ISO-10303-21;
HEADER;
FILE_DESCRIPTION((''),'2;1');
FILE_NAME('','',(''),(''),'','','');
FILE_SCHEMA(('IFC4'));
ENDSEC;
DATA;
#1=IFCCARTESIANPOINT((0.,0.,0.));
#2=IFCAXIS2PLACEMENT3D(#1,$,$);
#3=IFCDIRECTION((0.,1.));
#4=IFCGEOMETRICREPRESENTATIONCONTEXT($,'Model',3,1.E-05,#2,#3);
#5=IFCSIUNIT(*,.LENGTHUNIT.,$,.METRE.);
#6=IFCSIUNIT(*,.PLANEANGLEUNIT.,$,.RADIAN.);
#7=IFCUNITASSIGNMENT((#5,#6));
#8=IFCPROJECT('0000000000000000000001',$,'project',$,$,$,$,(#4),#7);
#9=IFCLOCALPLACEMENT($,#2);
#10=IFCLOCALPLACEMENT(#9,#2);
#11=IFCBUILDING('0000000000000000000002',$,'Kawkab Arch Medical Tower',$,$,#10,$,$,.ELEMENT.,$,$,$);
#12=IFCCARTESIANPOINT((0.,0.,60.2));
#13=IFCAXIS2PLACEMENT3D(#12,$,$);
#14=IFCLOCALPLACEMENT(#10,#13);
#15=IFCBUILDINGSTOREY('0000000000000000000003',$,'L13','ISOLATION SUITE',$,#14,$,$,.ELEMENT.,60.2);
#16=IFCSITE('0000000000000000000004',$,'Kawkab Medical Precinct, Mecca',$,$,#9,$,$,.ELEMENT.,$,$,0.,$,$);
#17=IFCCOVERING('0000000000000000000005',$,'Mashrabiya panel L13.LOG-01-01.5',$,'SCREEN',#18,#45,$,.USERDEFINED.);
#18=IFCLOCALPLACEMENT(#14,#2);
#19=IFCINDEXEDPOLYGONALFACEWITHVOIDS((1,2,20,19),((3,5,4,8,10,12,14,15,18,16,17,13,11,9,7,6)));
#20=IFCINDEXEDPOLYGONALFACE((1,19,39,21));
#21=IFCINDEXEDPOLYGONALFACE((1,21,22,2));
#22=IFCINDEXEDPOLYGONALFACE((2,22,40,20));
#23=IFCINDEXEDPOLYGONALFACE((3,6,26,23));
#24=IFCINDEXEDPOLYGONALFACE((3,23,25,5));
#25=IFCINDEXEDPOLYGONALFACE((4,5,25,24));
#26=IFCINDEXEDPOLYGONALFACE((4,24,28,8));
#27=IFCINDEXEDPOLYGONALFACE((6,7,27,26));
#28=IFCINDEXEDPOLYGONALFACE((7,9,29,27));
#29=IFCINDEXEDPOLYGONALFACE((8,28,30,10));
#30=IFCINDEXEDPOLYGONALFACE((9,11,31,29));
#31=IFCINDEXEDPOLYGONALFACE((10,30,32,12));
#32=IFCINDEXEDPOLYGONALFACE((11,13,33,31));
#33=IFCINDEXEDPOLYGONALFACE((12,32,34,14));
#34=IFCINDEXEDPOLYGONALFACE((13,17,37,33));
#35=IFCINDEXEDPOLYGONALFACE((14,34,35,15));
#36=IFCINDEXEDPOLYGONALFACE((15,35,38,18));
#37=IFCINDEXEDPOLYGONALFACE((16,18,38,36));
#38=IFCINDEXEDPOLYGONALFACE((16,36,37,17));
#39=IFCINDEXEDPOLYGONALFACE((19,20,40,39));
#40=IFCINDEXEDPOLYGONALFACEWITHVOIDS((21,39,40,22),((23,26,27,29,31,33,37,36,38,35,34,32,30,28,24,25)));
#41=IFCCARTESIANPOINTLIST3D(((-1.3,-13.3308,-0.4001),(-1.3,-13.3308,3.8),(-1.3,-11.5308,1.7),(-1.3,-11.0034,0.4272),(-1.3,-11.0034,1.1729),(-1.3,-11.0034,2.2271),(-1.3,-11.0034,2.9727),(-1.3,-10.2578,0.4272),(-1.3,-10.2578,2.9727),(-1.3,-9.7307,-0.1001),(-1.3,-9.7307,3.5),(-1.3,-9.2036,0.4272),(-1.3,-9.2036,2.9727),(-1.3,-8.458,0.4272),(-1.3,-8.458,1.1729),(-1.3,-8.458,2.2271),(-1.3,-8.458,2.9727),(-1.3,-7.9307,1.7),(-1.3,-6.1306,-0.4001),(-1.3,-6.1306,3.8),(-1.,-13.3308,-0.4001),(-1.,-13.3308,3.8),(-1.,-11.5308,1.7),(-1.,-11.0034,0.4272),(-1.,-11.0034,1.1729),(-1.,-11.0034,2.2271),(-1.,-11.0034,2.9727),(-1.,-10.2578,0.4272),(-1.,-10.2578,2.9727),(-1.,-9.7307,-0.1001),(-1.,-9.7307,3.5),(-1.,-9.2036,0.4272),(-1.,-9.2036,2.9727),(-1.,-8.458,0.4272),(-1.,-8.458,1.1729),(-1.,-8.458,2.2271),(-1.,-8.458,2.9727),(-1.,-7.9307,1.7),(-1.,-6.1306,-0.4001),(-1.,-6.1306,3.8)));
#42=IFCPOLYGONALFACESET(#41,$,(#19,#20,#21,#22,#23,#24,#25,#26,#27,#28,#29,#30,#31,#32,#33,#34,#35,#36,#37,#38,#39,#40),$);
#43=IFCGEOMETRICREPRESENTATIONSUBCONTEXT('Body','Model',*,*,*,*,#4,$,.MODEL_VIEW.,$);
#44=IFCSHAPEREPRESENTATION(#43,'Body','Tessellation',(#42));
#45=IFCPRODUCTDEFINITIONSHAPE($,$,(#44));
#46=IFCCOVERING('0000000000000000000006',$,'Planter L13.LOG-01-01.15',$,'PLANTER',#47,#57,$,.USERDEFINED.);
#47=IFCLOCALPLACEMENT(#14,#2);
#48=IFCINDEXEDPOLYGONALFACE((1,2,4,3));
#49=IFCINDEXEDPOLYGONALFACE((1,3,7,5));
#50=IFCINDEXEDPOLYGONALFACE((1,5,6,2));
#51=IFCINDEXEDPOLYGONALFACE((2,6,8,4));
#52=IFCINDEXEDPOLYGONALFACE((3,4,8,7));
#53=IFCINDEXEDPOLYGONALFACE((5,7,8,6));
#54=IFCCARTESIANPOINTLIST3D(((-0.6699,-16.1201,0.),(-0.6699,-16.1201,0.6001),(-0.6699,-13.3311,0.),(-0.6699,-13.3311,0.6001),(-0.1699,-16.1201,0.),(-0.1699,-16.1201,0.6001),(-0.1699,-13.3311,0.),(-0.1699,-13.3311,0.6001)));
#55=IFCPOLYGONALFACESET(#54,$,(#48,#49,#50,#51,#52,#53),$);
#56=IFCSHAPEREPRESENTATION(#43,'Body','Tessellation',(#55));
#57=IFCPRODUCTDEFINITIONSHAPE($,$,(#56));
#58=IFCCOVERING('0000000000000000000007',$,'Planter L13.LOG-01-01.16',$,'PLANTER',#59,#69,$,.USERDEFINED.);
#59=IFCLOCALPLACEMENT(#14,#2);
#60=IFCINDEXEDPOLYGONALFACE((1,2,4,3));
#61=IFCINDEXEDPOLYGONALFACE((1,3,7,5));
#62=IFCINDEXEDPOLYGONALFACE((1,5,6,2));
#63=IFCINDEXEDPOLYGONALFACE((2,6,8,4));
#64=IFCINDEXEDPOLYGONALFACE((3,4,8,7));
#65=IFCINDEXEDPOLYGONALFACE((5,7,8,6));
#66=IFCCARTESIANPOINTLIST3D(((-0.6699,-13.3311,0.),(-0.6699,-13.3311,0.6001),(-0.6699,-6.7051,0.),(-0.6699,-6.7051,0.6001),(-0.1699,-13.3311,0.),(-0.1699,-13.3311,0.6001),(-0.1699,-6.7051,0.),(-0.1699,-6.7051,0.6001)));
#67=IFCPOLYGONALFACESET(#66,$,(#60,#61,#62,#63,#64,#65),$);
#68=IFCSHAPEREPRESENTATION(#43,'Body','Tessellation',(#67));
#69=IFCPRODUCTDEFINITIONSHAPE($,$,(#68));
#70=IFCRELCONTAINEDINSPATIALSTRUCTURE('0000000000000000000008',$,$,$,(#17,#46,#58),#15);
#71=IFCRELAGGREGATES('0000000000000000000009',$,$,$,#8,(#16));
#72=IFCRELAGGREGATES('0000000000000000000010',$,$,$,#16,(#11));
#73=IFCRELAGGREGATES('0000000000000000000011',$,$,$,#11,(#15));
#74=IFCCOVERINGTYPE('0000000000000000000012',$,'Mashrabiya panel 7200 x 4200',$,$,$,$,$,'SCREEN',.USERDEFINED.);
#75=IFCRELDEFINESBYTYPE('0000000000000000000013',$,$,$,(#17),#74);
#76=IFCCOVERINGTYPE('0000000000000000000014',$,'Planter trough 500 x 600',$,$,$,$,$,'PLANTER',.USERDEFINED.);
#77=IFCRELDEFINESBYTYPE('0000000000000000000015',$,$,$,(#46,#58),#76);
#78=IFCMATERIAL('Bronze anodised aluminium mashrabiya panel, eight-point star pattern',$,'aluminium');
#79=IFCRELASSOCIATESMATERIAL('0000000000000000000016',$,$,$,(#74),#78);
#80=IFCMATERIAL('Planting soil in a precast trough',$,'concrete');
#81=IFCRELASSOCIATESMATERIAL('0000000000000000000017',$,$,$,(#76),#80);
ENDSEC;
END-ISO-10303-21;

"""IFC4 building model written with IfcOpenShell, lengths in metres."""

from ifc_helpers import new_model, si_unit, direction, frame, origin, origin_2d, place, context, subcontext, project, spatial, polyline, rectangle, outline, extrude, material, material_profile, profile_set, type_object, element, save


model = new_model("IFC4")

# Units and contexts
model_context = context("Model", 3, precision=1e-05, world=origin(), true_north=direction((0.0, 1.0)))
body_context = subcontext(model_context, "Body", "Model", "MODEL_VIEW")
ifc_project = project(units=[si_unit("LENGTHUNIT", "METRE"), si_unit("PLANEANGLEUNIT", "RADIAN")], contexts=[model_context])

# Site, building, storey
site_placement = place(None, origin())
site = spatial("IfcSite", under=ifc_project, at=site_placement, Name="Kawkab Medical Precinct, Mecca", CompositionType="ELEMENT", RefElevation=0.0)
building_placement = place(site_placement, origin())
building = spatial("IfcBuilding", under=site, at=building_placement, Name="Kawkab Arch Medical Tower", CompositionType="ELEMENT")
storey_placement = place(building_placement, frame((0.0, 0.0, 60.2)))
storey = spatial("IfcBuildingStorey", under=building, at=storey_placement, Name="L13", Description="ISOLATION SUITE", CompositionType="ELEMENT", Elevation=60.2)

# Coverings
ifc_material_1 = material(Name="Bronze anodised aluminium mashrabiya panel, eight-point star pattern", Category="aluminium")
ifc_material_profile_1 = material_profile(ifc_material_1, outline(polyline([(-3.6001, -2.1001), (3.6001, -2.1001), (3.6001, 2.1001), (-3.6001, 2.1001), (-3.6001, -2.1001)]), holes=[polyline([(1.8, 0.0), (1.2727, 0.5271), (1.2727, 1.2727), (0.5271, 1.2727), (0.0, 1.8), (-0.5271, 1.2727), (-1.2727, 1.2727), (-1.2727, 0.5271), (-1.8, 0.0), (-1.2727, -0.5271), (-1.2727, -1.2727), (-0.5271, -1.2727), (0.0, -1.8), (0.5271, -1.2727), (1.2727, -1.2727), (1.2727, -0.5271), (1.8, 0.0)])]), Name="Mashrabiya panel 7200x4200")
ifc_profile_set_1 = profile_set([ifc_material_profile_1], Name="Bronze anodised aluminium mashrabiya panel, eight-point star pattern")
covering_type_1 = type_object("IfcCoveringType", Name="Mashrabiya panel 7200 x 4200", ElementType="SCREEN", PredefinedType="USERDEFINED", material=ifc_profile_set_1)
covering_1_placement = place(storey_placement, frame((-1.0, -9.7307, 1.7), z_axis=(-1.0, 0.0, 0.0), x_axis=(0.0, -1.0, 0.0)))
element("IfcCovering", 1, at=covering_1_placement, inside=storey, type_object=covering_type_1, Name="Mashrabiya panel L13.LOG-01-01.5", ObjectType="SCREEN", PredefinedType="USERDEFINED", context=body_context, shape_type="SweptSolid", body=[
    extrude(outline(polyline([(-3.6001, -2.1001), (3.6001, -2.1001), (3.6001, 2.1001), (-3.6001, 2.1001), (-3.6001, -2.1001)]), holes=[polyline([(1.8, 0.0), (1.2727, 0.5271), (1.2727, 1.2727), (0.5271, 1.2727), (0.0, 1.8), (-0.5271, 1.2727), (-1.2727, 1.2727), (-1.2727, 0.5271), (-1.8, 0.0), (-1.2727, -0.5271), (-1.2727, -1.2727), (-0.5271, -1.2727), (0.0, -1.8), (0.5271, -1.2727), (1.2727, -1.2727), (1.2727, -0.5271), (1.8, 0.0)])]), origin(), (0.0, 0.0, 1.0), 0.3),
])
ifc_material_2 = material(Name="Planting soil in a precast trough", Category="concrete")
ifc_material_profile_2 = material_profile(ifc_material_2, rectangle(XDim=0.5, YDim=0.6001, at=origin_2d()), Name="Trough 500x600")
ifc_profile_set_2 = profile_set([ifc_material_profile_2], Name="Planting soil in a precast trough")
covering_type_2 = type_object("IfcCoveringType", Name="Planter trough 500 x 600", ElementType="PLANTER", PredefinedType="USERDEFINED", material=ifc_profile_set_2)
covering_2_placement = place(storey_placement, frame((-0.4199, -16.1201, 0.3), z_axis=(0.0, 1.0, 0.0), x_axis=(-1.0, 0.0, 0.0)))
element("IfcCovering", 2, at=covering_2_placement, inside=storey, type_object=covering_type_2, Name="Planter L13.LOG-01-01.15", ObjectType="PLANTER", PredefinedType="USERDEFINED", context=body_context, shape_type="SweptSolid", body=[
    extrude(rectangle(XDim=0.5, YDim=0.6001, at=origin_2d()), origin(), (0.0, 0.0, 1.0), 2.7891),
])
covering_3_placement = place(storey_placement, frame((-0.4199, -13.3311, 0.3), z_axis=(0.0, 1.0, 0.0), x_axis=(-1.0, 0.0, 0.0)))
element("IfcCovering", 3, at=covering_3_placement, inside=storey, type_object=covering_type_2, Name="Planter L13.LOG-01-01.16", ObjectType="PLANTER", PredefinedType="USERDEFINED", context=body_context, shape_type="SweptSolid", body=[
    extrude(rectangle(XDim=0.5, YDim=0.6001, at=origin_2d()), origin(), (0.0, 0.0, 1.0), 6.626),
])

save(model, "model.ifc")
